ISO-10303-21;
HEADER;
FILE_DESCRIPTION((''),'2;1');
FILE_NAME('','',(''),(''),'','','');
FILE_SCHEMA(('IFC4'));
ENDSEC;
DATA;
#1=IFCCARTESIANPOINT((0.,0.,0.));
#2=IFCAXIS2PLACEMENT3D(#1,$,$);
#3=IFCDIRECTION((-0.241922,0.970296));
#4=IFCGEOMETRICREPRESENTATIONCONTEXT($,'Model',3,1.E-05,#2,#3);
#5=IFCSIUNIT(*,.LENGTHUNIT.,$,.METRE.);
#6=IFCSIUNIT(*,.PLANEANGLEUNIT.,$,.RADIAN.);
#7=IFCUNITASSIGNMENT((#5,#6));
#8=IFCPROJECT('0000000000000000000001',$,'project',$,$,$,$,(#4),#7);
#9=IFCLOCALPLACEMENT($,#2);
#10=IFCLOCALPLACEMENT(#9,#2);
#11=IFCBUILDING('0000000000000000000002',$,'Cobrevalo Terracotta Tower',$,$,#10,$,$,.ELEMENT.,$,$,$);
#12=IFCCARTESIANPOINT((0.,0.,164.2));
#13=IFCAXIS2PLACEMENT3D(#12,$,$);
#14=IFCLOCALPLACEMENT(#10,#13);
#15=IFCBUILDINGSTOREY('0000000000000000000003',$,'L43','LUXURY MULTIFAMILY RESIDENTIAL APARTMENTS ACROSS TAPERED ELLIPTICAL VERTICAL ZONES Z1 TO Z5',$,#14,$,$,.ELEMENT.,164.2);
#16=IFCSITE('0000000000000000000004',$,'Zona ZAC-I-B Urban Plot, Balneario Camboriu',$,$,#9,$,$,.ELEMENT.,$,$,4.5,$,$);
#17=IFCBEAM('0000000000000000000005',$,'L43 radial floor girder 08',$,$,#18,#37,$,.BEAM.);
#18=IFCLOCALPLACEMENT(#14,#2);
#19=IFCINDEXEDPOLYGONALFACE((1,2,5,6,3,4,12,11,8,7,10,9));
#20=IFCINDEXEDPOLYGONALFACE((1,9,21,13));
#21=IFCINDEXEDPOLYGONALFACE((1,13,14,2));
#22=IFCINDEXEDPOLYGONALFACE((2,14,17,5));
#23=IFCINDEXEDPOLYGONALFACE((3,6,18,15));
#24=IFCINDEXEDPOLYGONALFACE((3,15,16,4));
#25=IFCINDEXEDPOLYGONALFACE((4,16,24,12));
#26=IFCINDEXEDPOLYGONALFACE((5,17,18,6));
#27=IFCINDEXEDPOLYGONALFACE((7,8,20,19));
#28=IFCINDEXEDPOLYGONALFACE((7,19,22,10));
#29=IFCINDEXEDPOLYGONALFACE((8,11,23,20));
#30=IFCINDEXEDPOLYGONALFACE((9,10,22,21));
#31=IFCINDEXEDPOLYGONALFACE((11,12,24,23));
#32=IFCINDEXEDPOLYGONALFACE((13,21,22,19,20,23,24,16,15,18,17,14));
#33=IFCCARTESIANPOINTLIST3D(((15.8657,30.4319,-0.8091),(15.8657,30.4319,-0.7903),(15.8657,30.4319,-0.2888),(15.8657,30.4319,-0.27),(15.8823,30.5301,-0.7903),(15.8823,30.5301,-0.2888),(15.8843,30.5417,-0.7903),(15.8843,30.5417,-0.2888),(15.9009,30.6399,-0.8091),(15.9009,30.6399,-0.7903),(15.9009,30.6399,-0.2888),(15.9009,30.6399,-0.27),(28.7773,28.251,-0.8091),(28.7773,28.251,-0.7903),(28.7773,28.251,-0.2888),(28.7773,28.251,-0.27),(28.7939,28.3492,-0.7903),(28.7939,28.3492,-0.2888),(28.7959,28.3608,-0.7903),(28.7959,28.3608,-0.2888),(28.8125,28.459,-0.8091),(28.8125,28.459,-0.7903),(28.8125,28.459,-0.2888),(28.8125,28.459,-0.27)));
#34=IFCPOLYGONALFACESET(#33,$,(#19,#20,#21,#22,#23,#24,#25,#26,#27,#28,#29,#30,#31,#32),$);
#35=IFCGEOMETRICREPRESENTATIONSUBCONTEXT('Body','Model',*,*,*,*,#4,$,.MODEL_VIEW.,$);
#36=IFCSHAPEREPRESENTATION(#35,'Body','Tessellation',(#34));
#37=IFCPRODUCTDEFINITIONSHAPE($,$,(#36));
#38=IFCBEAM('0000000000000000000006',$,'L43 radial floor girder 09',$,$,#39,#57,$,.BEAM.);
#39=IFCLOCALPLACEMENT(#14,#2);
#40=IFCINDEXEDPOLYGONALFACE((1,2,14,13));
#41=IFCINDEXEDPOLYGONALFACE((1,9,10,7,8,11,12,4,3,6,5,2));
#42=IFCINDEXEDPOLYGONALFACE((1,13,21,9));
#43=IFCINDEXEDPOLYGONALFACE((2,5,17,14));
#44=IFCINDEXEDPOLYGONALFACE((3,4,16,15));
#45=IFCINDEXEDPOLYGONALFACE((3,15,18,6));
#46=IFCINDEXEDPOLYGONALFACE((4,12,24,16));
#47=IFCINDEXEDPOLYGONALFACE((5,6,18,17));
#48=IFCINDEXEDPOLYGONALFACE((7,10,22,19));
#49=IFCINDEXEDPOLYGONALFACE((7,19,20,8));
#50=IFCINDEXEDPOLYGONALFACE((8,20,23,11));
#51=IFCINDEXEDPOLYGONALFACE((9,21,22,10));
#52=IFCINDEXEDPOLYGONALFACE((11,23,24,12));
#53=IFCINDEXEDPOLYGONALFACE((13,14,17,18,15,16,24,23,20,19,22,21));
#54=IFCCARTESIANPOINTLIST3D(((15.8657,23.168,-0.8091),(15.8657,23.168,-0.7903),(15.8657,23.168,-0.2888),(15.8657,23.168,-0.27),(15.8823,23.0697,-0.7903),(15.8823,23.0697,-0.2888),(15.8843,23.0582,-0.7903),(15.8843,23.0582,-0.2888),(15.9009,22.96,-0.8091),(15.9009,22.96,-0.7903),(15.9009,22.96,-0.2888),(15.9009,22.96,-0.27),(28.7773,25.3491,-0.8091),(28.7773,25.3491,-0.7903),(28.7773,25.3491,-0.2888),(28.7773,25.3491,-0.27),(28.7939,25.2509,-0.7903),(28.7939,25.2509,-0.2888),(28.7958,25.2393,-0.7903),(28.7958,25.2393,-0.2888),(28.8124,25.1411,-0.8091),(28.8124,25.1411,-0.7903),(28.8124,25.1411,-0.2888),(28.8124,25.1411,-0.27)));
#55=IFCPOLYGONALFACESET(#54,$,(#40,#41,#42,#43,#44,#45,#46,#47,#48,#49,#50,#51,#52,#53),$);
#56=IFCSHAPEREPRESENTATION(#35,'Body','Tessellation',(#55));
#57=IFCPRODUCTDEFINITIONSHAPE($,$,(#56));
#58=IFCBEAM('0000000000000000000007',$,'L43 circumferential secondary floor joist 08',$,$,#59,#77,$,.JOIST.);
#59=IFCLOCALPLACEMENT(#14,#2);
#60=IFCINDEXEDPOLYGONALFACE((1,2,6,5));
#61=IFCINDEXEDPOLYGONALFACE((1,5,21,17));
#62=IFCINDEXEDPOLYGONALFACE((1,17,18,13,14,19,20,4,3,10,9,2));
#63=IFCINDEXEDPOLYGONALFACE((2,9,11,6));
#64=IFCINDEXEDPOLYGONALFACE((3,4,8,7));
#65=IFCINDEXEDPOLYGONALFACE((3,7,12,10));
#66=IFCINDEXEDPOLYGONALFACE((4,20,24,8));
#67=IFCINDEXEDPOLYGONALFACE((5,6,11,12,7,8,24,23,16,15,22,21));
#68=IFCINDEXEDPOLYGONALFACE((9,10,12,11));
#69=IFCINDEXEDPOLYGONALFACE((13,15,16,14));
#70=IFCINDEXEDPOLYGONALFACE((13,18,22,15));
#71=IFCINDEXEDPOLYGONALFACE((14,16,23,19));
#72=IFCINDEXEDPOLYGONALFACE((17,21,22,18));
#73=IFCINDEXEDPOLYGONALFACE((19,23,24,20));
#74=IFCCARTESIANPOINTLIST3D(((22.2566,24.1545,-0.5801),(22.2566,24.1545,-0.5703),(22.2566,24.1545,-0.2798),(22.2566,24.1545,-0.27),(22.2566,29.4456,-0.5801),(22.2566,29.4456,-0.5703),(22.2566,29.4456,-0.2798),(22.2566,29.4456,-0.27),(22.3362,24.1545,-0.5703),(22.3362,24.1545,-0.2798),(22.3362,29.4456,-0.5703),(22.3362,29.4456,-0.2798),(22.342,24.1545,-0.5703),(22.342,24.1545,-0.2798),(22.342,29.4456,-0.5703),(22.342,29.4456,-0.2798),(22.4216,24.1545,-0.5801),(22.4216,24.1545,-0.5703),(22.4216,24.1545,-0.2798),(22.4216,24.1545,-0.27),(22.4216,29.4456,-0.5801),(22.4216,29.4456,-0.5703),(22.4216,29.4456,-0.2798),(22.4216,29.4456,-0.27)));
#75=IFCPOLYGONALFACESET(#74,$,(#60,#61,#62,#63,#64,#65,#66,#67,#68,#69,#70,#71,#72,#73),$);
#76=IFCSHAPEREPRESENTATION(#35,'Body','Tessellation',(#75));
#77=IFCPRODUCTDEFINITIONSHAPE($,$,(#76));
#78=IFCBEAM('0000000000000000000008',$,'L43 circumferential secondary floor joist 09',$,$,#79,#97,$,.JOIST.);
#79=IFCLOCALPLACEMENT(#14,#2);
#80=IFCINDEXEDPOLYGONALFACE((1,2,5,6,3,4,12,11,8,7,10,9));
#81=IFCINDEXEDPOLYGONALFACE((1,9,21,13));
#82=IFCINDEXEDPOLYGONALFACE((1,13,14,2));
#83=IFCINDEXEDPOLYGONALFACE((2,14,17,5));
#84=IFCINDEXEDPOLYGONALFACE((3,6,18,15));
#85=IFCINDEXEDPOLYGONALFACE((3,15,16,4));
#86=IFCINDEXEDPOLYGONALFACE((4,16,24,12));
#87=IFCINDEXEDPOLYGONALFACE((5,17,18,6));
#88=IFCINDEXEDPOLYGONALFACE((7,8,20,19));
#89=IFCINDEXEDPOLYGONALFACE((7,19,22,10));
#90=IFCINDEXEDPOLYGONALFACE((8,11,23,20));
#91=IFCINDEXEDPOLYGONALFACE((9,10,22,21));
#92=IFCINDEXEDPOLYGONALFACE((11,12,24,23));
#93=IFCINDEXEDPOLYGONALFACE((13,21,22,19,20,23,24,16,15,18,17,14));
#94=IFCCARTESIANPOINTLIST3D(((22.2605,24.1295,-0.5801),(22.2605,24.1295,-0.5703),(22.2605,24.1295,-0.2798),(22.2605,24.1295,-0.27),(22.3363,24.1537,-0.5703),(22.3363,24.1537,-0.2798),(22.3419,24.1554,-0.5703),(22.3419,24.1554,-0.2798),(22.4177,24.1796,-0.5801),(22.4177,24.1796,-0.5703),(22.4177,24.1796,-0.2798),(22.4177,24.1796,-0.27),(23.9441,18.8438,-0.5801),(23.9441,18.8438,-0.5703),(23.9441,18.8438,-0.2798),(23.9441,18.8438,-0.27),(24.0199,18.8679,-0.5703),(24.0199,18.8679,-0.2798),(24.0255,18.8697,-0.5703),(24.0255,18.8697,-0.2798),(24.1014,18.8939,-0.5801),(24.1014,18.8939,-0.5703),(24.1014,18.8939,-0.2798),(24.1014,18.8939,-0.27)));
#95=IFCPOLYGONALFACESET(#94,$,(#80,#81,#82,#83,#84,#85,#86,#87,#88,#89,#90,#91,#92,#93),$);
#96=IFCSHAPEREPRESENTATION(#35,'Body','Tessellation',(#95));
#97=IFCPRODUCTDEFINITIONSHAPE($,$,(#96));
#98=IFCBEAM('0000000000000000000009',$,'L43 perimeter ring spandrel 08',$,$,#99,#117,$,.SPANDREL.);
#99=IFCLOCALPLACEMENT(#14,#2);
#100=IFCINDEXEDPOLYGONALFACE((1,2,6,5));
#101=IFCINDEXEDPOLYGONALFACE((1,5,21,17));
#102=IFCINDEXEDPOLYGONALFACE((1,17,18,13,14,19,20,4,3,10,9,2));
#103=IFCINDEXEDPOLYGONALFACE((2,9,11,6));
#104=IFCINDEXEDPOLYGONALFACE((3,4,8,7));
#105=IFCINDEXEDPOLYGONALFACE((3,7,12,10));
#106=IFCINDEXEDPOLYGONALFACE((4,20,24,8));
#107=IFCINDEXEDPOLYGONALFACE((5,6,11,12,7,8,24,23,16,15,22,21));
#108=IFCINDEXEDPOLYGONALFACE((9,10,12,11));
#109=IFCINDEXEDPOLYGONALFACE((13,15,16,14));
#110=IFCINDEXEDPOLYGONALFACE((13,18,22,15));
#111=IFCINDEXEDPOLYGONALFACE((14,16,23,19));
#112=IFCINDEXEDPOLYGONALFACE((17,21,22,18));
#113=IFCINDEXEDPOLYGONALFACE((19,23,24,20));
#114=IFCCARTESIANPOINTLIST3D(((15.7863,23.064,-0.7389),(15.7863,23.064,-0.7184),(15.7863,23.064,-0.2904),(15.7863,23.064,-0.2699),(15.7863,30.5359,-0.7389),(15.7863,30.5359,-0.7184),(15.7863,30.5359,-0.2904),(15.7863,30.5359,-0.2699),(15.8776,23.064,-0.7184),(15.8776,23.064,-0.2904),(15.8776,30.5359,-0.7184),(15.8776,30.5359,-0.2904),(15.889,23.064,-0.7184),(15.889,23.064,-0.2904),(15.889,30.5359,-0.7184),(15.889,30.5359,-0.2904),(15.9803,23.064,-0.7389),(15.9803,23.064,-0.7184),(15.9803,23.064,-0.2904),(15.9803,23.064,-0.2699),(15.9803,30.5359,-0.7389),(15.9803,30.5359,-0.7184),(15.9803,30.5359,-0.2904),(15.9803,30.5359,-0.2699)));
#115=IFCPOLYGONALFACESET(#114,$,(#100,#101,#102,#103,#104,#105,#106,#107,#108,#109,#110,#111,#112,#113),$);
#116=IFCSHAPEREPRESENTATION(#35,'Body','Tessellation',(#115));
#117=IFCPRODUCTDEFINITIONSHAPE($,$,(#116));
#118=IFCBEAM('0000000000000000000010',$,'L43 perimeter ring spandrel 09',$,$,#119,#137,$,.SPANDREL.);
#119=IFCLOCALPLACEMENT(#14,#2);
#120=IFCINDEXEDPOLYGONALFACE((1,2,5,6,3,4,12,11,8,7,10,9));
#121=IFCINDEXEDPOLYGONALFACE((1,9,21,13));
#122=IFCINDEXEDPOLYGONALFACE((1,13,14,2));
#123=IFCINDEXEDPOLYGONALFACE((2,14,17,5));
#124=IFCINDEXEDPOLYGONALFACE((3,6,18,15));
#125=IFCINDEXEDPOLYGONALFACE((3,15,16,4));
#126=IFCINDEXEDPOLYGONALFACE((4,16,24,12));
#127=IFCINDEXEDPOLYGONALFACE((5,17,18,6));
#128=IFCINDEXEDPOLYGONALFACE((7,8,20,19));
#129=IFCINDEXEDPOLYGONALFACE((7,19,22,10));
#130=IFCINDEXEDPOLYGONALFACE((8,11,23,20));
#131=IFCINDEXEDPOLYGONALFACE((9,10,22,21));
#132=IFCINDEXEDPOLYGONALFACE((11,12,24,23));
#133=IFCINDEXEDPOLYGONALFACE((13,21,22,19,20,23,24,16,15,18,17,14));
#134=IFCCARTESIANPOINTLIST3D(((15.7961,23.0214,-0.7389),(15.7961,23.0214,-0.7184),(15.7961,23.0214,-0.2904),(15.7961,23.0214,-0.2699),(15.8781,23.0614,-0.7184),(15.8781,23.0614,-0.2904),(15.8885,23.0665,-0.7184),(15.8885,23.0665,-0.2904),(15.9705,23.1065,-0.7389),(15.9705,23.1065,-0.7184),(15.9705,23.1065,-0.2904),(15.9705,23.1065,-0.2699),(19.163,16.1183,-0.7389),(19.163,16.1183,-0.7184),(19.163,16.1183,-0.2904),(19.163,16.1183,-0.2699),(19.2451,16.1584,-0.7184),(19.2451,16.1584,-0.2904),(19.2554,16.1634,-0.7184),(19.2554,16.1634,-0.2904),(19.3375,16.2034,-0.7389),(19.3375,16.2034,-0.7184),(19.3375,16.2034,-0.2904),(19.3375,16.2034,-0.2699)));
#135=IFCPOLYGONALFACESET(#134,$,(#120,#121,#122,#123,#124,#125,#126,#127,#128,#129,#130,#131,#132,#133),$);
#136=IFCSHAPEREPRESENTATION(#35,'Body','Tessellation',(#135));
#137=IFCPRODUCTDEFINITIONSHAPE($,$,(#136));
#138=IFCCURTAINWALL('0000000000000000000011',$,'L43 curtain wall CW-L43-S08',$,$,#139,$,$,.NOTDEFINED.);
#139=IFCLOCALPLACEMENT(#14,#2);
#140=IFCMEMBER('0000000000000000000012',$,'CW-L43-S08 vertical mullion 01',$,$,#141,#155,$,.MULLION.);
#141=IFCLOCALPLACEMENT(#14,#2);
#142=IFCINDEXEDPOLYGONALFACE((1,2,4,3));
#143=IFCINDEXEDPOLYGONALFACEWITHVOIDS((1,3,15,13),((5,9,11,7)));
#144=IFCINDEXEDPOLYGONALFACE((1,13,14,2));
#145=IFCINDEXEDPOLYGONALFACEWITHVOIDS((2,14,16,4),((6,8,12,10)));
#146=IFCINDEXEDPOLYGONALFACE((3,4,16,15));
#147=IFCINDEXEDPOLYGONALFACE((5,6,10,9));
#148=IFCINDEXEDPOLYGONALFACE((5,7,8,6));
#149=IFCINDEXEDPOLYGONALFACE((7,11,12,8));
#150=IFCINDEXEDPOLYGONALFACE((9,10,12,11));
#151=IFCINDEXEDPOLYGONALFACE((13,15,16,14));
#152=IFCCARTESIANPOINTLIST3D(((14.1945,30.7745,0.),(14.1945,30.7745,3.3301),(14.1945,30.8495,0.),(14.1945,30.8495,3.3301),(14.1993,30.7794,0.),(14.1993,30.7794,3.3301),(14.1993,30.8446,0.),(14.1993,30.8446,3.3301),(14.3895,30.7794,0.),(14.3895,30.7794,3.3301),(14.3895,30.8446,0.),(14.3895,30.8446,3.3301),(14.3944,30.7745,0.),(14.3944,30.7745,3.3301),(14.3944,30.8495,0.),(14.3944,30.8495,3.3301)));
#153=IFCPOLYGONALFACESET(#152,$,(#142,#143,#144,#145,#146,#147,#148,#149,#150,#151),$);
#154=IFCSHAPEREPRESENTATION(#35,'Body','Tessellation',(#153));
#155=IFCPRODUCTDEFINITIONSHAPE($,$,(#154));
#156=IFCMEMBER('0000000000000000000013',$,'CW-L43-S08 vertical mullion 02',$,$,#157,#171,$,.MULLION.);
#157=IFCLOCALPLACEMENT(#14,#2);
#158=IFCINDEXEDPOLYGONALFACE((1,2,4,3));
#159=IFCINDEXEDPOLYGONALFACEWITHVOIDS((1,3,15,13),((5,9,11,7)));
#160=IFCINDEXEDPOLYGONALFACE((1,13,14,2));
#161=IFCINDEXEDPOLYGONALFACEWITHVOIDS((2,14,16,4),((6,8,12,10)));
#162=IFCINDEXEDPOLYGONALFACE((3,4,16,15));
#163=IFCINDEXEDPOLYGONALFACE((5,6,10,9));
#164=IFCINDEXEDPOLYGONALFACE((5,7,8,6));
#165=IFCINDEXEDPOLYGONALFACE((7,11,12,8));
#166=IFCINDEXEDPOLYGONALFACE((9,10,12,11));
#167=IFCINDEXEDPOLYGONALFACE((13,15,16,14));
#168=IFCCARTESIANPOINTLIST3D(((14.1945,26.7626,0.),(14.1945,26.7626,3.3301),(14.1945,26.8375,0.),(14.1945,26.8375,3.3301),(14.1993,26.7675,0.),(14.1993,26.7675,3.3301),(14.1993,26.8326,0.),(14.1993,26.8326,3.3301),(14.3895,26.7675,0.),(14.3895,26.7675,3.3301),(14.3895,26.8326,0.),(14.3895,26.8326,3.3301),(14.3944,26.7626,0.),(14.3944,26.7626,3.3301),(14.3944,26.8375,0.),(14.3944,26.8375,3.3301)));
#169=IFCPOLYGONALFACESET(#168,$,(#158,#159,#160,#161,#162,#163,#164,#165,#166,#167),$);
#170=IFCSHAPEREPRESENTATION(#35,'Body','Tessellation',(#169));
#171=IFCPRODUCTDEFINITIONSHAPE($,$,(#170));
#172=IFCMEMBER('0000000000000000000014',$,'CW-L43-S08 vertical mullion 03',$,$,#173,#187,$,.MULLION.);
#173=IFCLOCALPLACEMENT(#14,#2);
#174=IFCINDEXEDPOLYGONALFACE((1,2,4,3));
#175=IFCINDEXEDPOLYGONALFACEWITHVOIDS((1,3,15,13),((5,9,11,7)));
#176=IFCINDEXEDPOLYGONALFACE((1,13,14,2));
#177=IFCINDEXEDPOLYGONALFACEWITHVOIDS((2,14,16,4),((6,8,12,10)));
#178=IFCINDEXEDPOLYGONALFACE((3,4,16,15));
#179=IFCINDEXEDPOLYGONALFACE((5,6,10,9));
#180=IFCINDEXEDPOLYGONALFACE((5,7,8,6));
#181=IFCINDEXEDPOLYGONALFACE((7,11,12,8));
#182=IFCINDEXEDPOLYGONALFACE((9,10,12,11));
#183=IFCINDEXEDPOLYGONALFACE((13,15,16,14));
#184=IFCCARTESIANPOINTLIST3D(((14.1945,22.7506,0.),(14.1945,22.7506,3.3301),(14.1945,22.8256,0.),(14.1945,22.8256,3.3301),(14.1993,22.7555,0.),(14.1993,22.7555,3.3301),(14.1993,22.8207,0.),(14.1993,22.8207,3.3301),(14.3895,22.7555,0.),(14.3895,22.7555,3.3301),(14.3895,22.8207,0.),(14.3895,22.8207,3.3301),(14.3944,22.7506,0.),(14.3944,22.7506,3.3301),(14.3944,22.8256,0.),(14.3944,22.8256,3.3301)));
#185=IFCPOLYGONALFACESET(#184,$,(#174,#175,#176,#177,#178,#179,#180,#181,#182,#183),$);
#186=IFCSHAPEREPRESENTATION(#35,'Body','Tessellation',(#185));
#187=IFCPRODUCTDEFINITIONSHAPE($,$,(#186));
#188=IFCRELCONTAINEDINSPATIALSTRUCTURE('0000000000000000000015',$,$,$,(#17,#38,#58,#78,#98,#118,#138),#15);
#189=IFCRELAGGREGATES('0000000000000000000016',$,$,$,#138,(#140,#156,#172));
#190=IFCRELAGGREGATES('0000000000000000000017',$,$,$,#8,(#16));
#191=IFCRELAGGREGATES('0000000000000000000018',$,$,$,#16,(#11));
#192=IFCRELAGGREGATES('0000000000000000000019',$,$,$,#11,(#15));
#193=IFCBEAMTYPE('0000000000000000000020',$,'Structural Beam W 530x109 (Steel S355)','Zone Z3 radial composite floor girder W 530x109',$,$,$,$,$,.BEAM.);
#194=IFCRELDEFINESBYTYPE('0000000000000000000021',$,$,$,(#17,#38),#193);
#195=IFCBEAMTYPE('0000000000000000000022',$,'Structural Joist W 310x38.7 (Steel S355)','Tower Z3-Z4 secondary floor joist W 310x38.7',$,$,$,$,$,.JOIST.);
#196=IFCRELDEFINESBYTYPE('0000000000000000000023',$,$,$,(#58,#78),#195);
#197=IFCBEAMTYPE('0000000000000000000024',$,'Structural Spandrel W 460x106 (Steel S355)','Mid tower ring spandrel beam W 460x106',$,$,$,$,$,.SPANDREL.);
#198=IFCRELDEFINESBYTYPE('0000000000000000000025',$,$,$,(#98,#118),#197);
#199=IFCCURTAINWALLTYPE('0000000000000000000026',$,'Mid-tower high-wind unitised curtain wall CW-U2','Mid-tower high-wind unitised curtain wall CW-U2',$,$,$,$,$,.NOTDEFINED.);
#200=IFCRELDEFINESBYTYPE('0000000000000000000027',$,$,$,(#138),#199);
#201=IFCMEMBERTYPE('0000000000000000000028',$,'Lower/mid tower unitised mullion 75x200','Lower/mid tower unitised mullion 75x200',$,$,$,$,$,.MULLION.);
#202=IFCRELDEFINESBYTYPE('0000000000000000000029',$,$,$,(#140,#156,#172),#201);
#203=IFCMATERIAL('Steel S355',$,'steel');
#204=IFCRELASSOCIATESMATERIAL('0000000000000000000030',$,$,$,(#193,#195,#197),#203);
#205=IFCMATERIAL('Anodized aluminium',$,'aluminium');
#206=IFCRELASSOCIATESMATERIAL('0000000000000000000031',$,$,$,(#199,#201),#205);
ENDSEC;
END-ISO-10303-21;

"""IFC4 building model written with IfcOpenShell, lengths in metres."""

from ifc_helpers import new_model, si_unit, direction, frame, origin, origin_2d, place, context, subcontext, project, spatial, hollow_rectangle, i_section, extrude, source, transform, mapped, material, material_profile, profile_set, type_object, element, aggregate, save


model = new_model("IFC4")

# Units and contexts
model_context = context("Model", 3, precision=1e-05, world=origin(), true_north=direction((-0.241922, 0.970296)))
body_context = subcontext(model_context, "Body", "Model", "MODEL_VIEW")
ifc_project = project(units=[si_unit("LENGTHUNIT", "METRE"), si_unit("PLANEANGLEUNIT", "RADIAN")], contexts=[model_context])

# Site, building, storey
site_placement = place(None, origin())
site = spatial("IfcSite", under=ifc_project, at=site_placement, Name="Zona ZAC-I-B Urban Plot, Balneario Camboriu", CompositionType="ELEMENT", RefElevation=4.5)
building_placement = place(site_placement, origin())
building = spatial("IfcBuilding", under=site, at=building_placement, Name="Cobrevalo Terracotta Tower", CompositionType="ELEMENT")
storey_placement = place(building_placement, frame((0.0, 0.0, 164.2)))
storey = spatial("IfcBuildingStorey", under=building, at=storey_placement, Name="L43", Description="LUXURY MULTIFAMILY RESIDENTIAL APARTMENTS ACROSS TAPERED ELLIPTICAL VERTICAL ZONES Z1 TO Z5", CompositionType="ELEMENT", Elevation=164.2)

# Shared definitions
ifc_material_1 = material(Name="Steel S355", Category="steel")

# Beams
ifc_material_profile_1 = material_profile(ifc_material_1, i_section(OverallWidth=0.2109, OverallDepth=0.5391, WebThickness=0.0117, FlangeThickness=0.0188, at=origin_2d()), Name="W 530x109")
ifc_profile_set_1 = profile_set([ifc_material_profile_1], Name="Steel S355")
beam_type_1 = type_object("IfcBeamType", Name="Structural Beam W 530x109 (Steel S355)", Description="Zone Z3 radial composite floor girder W 530x109", PredefinedType="BEAM", material=ifc_profile_set_1)
for number, where, z_axis, x_axis, name in (
    (1, (15.8833, 30.5359, -0.5396), (0.986033, -0.166551, 0.0), (0.166551, 0.986033, 0.0), "L43 radial floor girder 08"),
    (2, (15.8833, 23.064, -0.5396), (0.98603, 0.166569, 0.0), (-0.166569, 0.98603, 0.0), "L43 radial floor girder 09"),
):
    element("IfcBeam", number, at=place(storey_placement, frame(where, z_axis=z_axis, x_axis=x_axis)), inside=storey, type_object=beam_type_1, Name=name, PredefinedType="BEAM", context=body_context, shape_type="SweptSolid", body=[
        extrude(i_section(OverallWidth=0.2109, OverallDepth=0.5391, WebThickness=0.0117, FlangeThickness=0.0188, at=origin_2d()), origin(), (0.0, 0.0, 1.0), 13.0945),
    ])
ifc_material_profile_2 = material_profile(ifc_material_1, i_section(OverallWidth=0.165, OverallDepth=0.3101, WebThickness=0.0059, FlangeThickness=0.0098, at=origin_2d()), Name="W 310x38.7")
ifc_profile_set_2 = profile_set([ifc_material_profile_2], Name="Steel S355")
beam_type_2 = type_object("IfcBeamType", Name="Structural Joist W 310x38.7 (Steel S355)", Description="Tower Z3-Z4 secondary floor joist W 310x38.7", PredefinedType="JOIST", material=ifc_profile_set_2)
beam_1_placement = place(storey_placement, frame((22.3391, 29.4456, -0.425), z_axis=(0.0, -1.0, 0.0), x_axis=(1.0, 0.0, 0.0)))
element("IfcBeam", 3, at=beam_1_placement, inside=storey, type_object=beam_type_2, Name="L43 circumferential secondary floor joist 08", PredefinedType="JOIST", context=body_context, shape_type="SweptSolid", body=[
    extrude(i_section(OverallWidth=0.165, OverallDepth=0.3101, WebThickness=0.0059, FlangeThickness=0.0098, at=origin_2d()), origin(), (0.0, 0.0, 1.0), 5.291),
])
beam_2_placement = place(storey_placement, frame((22.3391, 24.1545, -0.425), z_axis=(0.303498, -0.952832, 0.0), x_axis=(0.952832, 0.303498, 0.0)))
element("IfcBeam", 4, at=beam_2_placement, inside=storey, type_object=beam_type_2, Name="L43 circumferential secondary floor joist 09", PredefinedType="JOIST", context=body_context, shape_type="SweptSolid", body=[
    extrude(i_section(OverallWidth=0.165, OverallDepth=0.3101, WebThickness=0.0059, FlangeThickness=0.0098, at=origin_2d()), origin(), (0.0, 0.0, 1.0), 5.5474),
])
ifc_material_profile_3 = material_profile(ifc_material_1, i_section(OverallWidth=0.1941, OverallDepth=0.469, WebThickness=0.0115, FlangeThickness=0.0205, at=origin_2d()), Name="W 460x106")
ifc_profile_set_3 = profile_set([ifc_material_profile_3], Name="Steel S355")
beam_type_3 = type_object("IfcBeamType", Name="Structural Spandrel W 460x106 (Steel S355)", Description="Mid tower ring spandrel beam W 460x106", PredefinedType="SPANDREL", material=ifc_profile_set_3)
beam_3_placement = place(storey_placement, frame((15.8833, 30.5359, -0.5044), z_axis=(0.0, -1.0, 0.0), x_axis=(1.0, 0.0, 0.0)))
element("IfcBeam", 5, at=beam_3_placement, inside=storey, type_object=beam_type_3, Name="L43 perimeter ring spandrel 08", PredefinedType="SPANDREL", context=body_context, shape_type="SweptSolid", body=[
    extrude(i_section(OverallWidth=0.1941, OverallDepth=0.469, WebThickness=0.0115, FlangeThickness=0.0205, at=origin_2d()), origin(), (0.0, 0.0, 1.0), 7.4719),
])
beam_4_placement = place(storey_placement, frame((15.8833, 23.064, -0.5044), z_axis=(0.43838, -0.89879, 0.0), x_axis=(0.89879, 0.43838, 0.0)))
element("IfcBeam", 6, at=beam_4_placement, inside=storey, type_object=beam_type_3, Name="L43 perimeter ring spandrel 09", PredefinedType="SPANDREL", context=body_context, shape_type="SweptSolid", body=[
    extrude(i_section(OverallWidth=0.1941, OverallDepth=0.469, WebThickness=0.0115, FlangeThickness=0.0205, at=origin_2d()), origin(), (0.0, 0.0, 1.0), 7.6804),
])

# Curtain wall, members
ifc_material_2 = material(Name="Anodized aluminium", Category="aluminium")
curtain_wall_type = type_object("IfcCurtainWallType", Name="Mid-tower high-wind unitised curtain wall CW-U2", Description="Mid-tower high-wind unitised curtain wall CW-U2", PredefinedType="NOTDEFINED", material=ifc_material_2)
curtain_wall_1_placement = place(storey_placement, origin())
curtain_wall_1 = element("IfcCurtainWall", 7, at=curtain_wall_1_placement, inside=storey, type_object=curtain_wall_type, Name="L43 curtain wall CW-L43-S08", PredefinedType="NOTDEFINED")
ifc_material_profile_4 = material_profile(ifc_material_2, hollow_rectangle(XDim=0.075, YDim=0.2, WallThickness=0.0049, at=origin_2d()), Name="CWM 75x200")
ifc_profile_set_4 = profile_set([ifc_material_profile_4], Name="Anodized aluminium")
member_type_1 = type_object("IfcMemberType", Name="Lower/mid tower unitised mullion 75x200", Description="Lower/mid tower unitised mullion 75x200", PredefinedType="MULLION", material=ifc_profile_set_4)
shared_shape_1 = source(origin(), body_context, "Body", "SweptSolid", [
    extrude(hollow_rectangle(XDim=0.075, YDim=0.2, WallThickness=0.0049, at=origin_2d()), origin(), (0.0, 0.0, 1.0), 3.3301),
])
member_1_placement = place(storey_placement, frame((14.2944, 30.812, 0.0), z_axis=(0.0, 0.0, 1.0), x_axis=(0.0, -1.0, 0.0)))
member_1 = element("IfcMember", 8, at=member_1_placement, type_object=member_type_1, Name="CW-L43-S08 vertical mullion 01", PredefinedType="MULLION", context=body_context, shape_type="MappedRepresentation", body=[
    mapped(shared_shape_1, transform((0.0, 0.0, 0.0), scale=1.0)),
])
member_2_placement = place(storey_placement, frame((14.2944, 26.8, 0.0), z_axis=(0.0, 0.0, 1.0), x_axis=(0.0, -1.0, 0.0)))
member_2 = element("IfcMember", 9, at=member_2_placement, type_object=member_type_1, Name="CW-L43-S08 vertical mullion 02", PredefinedType="MULLION", context=body_context, shape_type="MappedRepresentation", body=[
    mapped(shared_shape_1, transform((0.0, 0.0, 0.0), scale=1.0)),
])
member_3_placement = place(storey_placement, frame((14.2944, 22.7881, 0.0), z_axis=(0.0, 0.0, 1.0), x_axis=(0.0, -1.0, 0.0)))
member_3 = element("IfcMember", 10, at=member_3_placement, type_object=member_type_1, Name="CW-L43-S08 vertical mullion 03", PredefinedType="MULLION", context=body_context, shape_type="MappedRepresentation", body=[
    mapped(shared_shape_1, transform((0.0, 0.0, 0.0), scale=1.0)),
])

aggregate(curtain_wall_1, [member_1, member_2, member_3])

save(model, "model.ifc")
